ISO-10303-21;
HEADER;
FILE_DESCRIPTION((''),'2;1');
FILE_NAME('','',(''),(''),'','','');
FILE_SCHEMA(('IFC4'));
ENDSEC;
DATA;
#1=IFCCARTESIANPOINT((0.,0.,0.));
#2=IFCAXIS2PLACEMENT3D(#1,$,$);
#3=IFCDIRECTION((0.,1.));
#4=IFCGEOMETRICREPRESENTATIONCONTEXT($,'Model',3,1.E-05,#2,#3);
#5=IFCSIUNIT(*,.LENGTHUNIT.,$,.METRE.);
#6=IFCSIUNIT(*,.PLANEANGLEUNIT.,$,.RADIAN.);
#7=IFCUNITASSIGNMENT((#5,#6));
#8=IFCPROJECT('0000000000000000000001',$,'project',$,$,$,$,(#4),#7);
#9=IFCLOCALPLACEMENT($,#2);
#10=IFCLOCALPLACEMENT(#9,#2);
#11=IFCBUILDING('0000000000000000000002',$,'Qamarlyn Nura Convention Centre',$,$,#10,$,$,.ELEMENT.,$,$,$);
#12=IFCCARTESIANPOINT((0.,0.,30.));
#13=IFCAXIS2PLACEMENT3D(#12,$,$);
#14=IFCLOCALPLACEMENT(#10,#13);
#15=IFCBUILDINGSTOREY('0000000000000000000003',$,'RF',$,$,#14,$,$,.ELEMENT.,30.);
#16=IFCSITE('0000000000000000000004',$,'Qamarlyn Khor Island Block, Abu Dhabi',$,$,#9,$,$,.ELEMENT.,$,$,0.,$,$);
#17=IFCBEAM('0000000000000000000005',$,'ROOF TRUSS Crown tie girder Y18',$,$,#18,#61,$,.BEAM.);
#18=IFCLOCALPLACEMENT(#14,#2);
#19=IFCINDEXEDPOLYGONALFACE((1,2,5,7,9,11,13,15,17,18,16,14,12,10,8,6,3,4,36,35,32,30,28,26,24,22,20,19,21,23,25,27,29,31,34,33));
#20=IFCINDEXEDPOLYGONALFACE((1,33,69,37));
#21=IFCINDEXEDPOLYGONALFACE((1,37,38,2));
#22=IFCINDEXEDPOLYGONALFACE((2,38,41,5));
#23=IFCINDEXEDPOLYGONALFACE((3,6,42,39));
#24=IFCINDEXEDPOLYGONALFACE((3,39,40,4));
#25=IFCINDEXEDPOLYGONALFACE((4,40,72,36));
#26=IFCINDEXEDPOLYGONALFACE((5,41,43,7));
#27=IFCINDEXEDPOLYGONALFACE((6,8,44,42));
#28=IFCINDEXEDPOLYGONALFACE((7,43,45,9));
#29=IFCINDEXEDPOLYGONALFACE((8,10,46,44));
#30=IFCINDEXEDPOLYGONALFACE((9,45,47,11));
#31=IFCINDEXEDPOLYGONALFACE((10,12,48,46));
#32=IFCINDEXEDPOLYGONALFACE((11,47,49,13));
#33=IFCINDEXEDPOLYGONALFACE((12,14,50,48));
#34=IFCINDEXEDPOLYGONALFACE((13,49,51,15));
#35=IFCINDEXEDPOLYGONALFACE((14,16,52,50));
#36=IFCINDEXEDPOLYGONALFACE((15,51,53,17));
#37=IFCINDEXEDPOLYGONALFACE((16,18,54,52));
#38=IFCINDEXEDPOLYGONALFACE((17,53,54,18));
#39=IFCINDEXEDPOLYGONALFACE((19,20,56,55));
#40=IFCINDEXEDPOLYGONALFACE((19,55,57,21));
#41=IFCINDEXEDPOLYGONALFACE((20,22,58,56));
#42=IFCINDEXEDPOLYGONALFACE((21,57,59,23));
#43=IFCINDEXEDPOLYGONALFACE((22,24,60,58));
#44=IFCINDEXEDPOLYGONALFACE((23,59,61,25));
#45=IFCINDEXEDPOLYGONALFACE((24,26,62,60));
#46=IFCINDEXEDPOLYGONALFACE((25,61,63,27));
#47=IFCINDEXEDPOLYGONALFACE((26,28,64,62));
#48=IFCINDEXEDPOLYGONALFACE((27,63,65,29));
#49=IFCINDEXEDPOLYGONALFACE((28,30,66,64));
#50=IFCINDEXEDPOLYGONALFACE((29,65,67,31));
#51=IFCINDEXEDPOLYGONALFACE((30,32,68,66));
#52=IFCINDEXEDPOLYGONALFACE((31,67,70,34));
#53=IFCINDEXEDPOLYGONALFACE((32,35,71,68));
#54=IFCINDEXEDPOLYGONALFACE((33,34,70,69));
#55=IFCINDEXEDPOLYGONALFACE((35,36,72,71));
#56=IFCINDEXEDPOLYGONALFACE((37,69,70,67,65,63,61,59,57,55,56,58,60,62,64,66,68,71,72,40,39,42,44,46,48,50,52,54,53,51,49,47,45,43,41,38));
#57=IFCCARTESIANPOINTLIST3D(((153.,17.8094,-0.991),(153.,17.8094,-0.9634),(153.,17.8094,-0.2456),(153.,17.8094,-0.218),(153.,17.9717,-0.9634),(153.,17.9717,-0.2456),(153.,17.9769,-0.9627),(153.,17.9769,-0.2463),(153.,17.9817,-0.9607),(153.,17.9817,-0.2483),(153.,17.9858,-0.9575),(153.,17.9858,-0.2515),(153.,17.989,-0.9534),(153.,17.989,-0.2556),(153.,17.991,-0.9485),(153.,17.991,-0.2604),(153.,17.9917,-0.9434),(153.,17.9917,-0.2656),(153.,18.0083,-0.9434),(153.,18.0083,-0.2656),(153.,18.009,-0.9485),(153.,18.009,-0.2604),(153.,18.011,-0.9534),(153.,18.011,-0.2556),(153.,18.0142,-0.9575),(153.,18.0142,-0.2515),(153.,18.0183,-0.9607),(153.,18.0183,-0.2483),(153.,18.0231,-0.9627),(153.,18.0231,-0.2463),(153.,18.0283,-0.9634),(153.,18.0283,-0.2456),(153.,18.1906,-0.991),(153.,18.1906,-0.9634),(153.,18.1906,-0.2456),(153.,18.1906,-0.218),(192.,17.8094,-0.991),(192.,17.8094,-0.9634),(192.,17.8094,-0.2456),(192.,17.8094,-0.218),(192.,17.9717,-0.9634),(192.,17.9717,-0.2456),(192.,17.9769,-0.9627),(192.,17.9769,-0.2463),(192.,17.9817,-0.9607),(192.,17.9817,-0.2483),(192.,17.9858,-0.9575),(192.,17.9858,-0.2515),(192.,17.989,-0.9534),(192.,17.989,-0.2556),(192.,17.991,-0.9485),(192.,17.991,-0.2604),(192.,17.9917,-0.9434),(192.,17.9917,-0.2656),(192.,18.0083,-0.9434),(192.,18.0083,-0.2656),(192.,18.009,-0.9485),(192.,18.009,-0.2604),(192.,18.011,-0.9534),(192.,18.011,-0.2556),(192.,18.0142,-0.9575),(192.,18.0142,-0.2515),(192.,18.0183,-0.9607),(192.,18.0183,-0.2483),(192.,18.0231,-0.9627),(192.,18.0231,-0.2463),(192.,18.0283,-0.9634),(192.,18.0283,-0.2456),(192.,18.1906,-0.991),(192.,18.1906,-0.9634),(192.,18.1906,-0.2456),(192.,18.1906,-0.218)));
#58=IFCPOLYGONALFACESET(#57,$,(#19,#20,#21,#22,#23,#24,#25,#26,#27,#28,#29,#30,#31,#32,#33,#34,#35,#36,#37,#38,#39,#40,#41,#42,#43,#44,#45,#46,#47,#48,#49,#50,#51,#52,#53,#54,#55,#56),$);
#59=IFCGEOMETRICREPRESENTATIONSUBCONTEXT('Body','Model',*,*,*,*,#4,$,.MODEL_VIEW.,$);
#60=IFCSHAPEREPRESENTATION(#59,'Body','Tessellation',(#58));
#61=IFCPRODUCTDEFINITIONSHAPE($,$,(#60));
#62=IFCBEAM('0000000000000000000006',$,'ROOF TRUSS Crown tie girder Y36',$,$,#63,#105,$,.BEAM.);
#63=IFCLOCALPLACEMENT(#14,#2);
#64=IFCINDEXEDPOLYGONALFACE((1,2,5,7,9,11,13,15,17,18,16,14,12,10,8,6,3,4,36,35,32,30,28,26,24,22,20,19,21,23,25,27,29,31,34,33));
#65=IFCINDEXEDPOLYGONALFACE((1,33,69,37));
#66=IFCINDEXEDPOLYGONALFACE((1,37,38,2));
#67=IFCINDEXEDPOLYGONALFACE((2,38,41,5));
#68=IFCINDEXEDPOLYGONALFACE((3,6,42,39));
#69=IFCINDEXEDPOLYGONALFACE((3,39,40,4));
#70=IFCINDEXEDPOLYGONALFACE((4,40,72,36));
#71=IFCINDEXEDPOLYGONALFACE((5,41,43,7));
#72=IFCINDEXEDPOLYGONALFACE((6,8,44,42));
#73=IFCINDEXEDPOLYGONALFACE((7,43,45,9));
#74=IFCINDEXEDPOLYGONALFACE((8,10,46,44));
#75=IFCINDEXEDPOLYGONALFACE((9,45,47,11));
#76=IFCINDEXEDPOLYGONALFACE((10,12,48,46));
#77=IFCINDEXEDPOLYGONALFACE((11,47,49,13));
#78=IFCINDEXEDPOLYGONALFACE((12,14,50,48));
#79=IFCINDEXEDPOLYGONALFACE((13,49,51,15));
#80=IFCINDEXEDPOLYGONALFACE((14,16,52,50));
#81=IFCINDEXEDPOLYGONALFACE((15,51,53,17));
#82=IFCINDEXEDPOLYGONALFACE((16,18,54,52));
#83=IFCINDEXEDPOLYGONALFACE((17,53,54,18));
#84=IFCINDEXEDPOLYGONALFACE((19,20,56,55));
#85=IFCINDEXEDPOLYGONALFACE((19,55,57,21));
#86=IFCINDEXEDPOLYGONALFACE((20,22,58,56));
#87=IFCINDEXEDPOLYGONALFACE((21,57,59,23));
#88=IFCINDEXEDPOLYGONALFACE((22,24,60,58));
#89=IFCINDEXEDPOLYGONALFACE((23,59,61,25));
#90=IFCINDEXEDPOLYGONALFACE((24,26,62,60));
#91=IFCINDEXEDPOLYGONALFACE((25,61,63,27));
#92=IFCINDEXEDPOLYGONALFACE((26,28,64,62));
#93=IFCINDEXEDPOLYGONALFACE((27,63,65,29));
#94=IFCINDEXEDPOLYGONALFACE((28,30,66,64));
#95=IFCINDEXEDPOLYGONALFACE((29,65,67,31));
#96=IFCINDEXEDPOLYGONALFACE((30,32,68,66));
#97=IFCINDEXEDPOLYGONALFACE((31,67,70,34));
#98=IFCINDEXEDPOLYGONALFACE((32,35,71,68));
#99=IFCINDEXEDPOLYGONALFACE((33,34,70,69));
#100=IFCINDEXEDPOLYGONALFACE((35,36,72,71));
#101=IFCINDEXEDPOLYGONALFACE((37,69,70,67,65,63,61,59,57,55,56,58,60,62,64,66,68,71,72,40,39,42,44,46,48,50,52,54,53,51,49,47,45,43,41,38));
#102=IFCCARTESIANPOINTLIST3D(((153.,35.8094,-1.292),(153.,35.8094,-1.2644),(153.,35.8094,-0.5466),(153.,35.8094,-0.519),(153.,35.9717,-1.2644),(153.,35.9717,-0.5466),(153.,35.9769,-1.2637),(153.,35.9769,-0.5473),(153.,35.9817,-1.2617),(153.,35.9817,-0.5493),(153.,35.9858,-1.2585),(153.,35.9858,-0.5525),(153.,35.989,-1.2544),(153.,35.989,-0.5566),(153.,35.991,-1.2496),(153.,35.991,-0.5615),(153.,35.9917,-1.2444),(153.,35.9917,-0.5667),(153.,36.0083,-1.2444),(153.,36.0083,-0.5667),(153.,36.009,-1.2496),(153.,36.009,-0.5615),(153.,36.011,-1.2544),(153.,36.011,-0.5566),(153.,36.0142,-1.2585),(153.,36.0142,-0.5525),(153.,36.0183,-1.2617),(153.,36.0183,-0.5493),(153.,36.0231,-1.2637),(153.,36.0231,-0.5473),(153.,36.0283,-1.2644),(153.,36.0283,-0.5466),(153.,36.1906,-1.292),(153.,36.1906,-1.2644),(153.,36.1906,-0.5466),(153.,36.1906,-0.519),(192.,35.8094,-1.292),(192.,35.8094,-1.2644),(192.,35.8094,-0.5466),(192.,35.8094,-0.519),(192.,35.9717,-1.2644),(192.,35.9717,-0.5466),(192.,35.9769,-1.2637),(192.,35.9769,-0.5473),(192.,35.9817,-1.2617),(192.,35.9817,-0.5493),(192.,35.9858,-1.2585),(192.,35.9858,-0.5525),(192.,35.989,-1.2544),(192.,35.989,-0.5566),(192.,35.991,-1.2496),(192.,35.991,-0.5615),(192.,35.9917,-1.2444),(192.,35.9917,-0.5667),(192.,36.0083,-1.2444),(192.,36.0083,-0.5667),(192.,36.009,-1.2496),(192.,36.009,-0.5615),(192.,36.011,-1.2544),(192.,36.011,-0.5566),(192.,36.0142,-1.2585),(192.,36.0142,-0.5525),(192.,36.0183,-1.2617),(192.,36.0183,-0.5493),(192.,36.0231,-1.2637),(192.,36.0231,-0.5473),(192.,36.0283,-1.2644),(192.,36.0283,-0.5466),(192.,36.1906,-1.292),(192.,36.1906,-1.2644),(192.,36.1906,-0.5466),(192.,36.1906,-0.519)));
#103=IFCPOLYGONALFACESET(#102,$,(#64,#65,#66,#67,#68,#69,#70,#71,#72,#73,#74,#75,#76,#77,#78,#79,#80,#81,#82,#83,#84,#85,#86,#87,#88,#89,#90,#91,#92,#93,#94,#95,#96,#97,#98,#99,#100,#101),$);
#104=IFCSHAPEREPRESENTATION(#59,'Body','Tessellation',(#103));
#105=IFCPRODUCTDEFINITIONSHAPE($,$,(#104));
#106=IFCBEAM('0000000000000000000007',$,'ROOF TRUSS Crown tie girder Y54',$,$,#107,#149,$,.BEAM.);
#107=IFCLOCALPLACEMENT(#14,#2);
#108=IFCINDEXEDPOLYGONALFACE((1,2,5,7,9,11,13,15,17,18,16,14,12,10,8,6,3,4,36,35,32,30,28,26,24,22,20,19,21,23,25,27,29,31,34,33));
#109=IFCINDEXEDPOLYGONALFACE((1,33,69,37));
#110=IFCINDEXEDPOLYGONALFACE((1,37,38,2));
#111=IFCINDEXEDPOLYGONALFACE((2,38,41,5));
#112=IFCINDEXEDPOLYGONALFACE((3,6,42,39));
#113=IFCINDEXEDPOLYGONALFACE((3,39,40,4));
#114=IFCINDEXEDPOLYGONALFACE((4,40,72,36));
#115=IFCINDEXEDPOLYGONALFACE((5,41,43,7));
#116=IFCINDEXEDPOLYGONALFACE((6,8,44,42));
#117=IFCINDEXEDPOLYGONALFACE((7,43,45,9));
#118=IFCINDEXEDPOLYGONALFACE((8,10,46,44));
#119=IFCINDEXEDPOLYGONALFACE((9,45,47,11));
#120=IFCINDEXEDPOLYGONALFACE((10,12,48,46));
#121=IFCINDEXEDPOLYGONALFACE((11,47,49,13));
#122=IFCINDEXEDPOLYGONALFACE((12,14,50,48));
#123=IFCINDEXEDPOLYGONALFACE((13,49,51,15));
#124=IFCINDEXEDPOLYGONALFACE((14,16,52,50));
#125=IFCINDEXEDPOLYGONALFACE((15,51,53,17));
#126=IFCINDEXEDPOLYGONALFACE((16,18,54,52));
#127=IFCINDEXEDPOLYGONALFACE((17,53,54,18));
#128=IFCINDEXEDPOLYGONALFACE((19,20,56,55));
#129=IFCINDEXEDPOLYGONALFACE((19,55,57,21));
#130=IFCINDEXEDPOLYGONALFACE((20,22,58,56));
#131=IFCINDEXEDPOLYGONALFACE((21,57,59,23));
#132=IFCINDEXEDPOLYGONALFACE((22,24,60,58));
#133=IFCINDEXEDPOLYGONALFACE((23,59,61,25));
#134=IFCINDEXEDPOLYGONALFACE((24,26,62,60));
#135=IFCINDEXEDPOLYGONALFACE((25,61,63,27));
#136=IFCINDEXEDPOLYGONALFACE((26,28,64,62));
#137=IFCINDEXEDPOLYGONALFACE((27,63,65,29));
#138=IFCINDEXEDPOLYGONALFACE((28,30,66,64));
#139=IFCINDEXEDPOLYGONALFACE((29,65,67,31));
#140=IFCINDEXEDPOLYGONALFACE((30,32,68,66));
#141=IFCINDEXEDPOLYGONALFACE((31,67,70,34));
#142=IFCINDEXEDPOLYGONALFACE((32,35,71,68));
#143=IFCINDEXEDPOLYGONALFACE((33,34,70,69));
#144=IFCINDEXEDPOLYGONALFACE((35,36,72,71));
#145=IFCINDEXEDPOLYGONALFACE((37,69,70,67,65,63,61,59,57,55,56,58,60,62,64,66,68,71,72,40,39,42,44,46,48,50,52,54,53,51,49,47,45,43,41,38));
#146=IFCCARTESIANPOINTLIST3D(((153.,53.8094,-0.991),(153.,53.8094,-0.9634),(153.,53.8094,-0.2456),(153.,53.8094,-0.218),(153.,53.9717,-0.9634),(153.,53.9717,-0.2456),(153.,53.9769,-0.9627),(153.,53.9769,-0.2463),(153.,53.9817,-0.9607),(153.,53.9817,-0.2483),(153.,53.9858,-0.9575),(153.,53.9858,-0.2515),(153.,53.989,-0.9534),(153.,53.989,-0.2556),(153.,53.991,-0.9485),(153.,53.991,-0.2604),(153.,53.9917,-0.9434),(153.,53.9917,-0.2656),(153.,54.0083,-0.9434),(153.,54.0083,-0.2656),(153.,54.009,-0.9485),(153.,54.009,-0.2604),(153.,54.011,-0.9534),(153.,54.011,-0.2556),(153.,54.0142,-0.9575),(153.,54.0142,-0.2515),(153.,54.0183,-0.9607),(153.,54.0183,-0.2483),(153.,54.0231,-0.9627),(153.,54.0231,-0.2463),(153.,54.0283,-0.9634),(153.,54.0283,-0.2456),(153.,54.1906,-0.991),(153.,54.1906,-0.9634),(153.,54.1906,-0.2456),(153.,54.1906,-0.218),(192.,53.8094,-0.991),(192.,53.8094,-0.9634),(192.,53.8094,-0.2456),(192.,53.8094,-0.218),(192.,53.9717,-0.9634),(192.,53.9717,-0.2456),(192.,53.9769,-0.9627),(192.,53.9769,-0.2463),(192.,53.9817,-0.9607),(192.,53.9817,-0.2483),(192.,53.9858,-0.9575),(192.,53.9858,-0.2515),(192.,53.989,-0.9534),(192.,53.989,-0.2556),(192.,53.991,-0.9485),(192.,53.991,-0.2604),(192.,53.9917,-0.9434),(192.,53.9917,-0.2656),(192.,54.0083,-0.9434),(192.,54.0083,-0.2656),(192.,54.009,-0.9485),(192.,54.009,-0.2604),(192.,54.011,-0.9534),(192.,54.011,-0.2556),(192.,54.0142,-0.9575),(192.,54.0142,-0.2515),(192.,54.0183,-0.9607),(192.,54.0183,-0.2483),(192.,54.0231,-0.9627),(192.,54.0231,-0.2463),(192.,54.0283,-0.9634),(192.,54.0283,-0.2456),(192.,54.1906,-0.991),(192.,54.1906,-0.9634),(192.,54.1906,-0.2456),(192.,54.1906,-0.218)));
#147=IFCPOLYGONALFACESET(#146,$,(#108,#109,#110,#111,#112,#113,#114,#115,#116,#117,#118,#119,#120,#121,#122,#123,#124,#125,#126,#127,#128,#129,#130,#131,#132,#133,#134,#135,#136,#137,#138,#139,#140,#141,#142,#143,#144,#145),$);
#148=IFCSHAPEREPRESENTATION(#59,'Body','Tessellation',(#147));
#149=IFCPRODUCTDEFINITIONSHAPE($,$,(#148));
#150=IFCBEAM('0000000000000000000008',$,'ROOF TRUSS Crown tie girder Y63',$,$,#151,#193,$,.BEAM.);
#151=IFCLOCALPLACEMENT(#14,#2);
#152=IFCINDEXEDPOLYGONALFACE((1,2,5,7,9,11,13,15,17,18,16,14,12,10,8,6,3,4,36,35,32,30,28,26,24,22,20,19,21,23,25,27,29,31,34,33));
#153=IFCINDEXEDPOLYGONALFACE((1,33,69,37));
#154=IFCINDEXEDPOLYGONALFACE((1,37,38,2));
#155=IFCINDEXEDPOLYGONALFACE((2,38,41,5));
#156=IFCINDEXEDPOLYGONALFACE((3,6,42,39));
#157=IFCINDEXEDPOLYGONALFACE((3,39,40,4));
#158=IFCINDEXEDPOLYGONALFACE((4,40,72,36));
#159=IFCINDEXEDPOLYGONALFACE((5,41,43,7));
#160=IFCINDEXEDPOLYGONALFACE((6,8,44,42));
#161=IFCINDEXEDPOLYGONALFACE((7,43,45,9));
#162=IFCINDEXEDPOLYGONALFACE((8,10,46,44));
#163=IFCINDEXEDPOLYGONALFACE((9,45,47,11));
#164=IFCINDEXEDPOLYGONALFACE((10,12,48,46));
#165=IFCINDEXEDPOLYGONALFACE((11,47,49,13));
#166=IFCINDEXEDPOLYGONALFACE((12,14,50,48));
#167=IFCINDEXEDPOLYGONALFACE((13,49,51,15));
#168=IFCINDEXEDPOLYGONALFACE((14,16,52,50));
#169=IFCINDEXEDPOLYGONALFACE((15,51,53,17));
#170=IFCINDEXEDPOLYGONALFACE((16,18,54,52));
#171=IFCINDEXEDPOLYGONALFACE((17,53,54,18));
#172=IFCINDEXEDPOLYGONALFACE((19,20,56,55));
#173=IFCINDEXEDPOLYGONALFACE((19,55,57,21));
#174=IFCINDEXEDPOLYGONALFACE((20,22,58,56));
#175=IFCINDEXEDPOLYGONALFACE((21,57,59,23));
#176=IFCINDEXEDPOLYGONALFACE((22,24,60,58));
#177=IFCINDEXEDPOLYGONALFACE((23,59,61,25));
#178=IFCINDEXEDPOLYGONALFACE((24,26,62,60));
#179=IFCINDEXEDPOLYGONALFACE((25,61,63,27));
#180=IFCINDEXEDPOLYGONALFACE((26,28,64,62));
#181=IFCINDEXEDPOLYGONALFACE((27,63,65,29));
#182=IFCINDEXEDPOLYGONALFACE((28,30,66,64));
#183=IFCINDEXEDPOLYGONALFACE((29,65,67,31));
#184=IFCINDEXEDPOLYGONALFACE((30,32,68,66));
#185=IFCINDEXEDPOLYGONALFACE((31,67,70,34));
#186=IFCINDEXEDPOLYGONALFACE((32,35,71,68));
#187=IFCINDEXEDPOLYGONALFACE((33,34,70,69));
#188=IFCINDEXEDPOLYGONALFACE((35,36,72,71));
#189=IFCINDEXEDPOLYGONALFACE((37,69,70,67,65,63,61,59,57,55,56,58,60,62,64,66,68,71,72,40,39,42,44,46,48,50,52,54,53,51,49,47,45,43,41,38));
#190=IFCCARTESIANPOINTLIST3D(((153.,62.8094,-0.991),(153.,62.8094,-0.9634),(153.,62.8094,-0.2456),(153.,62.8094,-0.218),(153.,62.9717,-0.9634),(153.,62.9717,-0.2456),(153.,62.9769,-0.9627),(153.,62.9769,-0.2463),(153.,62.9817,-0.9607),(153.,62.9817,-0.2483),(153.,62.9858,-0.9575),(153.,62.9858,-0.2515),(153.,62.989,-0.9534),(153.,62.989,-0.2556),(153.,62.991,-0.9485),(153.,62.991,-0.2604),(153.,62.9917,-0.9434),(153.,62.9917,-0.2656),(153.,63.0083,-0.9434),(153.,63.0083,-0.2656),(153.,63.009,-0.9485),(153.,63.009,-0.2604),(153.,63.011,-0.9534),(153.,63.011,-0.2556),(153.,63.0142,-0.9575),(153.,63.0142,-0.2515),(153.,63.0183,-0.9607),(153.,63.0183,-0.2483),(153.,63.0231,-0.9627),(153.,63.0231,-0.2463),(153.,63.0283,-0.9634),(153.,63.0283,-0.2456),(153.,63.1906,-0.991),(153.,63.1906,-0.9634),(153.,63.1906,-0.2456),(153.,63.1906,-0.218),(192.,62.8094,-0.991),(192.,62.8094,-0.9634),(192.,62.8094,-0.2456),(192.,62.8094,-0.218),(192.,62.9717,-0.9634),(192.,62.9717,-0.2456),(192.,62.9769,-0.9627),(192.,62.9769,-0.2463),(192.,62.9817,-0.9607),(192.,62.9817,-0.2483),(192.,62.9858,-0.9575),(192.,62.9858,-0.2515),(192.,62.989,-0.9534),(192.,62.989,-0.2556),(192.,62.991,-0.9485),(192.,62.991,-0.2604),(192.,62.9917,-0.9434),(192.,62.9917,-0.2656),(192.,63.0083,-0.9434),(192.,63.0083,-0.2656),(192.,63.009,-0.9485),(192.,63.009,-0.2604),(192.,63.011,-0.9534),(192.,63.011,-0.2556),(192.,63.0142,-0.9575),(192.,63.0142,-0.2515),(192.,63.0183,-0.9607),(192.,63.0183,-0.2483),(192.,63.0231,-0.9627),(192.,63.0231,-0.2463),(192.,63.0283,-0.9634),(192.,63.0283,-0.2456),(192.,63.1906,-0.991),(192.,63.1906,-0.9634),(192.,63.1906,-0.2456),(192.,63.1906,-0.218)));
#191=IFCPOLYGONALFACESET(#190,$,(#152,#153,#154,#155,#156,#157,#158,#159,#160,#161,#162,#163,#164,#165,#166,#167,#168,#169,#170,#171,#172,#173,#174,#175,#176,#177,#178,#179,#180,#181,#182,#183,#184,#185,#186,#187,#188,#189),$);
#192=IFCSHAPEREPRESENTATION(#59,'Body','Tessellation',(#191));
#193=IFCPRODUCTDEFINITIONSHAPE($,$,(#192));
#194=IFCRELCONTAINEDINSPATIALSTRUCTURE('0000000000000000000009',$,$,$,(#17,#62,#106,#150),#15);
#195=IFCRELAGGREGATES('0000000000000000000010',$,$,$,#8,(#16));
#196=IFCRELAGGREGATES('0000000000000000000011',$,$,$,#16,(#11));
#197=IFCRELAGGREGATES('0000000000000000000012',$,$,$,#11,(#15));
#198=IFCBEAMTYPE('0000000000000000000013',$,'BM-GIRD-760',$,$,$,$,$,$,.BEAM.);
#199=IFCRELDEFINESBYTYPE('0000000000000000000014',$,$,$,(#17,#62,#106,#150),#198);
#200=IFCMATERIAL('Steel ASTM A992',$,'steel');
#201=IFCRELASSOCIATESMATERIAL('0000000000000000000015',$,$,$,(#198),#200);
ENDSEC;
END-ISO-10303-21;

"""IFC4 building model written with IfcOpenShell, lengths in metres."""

from ifc_helpers import new_model, si_unit, direction, frame, origin, origin_2d, place, context, subcontext, project, spatial, i_section, extrude, material, material_profile, profile_set, type_object, element, save


model = new_model("IFC4")

# Units and contexts
model_context = context("Model", 3, precision=1e-05, world=origin(), true_north=direction((0.0, 1.0)))
body_context = subcontext(model_context, "Body", "Model", "MODEL_VIEW")
ifc_project = project(units=[si_unit("LENGTHUNIT", "METRE"), si_unit("PLANEANGLEUNIT", "RADIAN")], contexts=[model_context])

# Site, building, storey
site_placement = place(None, origin())
site = spatial("IfcSite", under=ifc_project, at=site_placement, Name="Qamarlyn Khor Island Block, Abu Dhabi", CompositionType="ELEMENT", RefElevation=0.0)
building_placement = place(site_placement, origin())
building = spatial("IfcBuilding", under=site, at=building_placement, Name="Qamarlyn Nura Convention Centre", CompositionType="ELEMENT")
storey_placement = place(building_placement, frame((0.0, 0.0, 30.0)))
storey = spatial("IfcBuildingStorey", under=building, at=storey_placement, Name="RF", CompositionType="ELEMENT", Elevation=30.0)

# Beams
ifc_material_1 = material(Name="Steel ASTM A992", Category="steel")
ifc_material_profile_1 = material_profile(ifc_material_1, i_section(OverallWidth=0.3811, OverallDepth=0.7729, WebThickness=0.0166, FlangeThickness=0.0276, FilletRadius=0.02, at=origin_2d()), Name="W760X257")
ifc_profile_set_1 = profile_set([ifc_material_profile_1], Name="Steel ASTM A992")
beam_type_1 = type_object("IfcBeamType", Name="BM-GIRD-760", PredefinedType="BEAM", material=ifc_profile_set_1)
for number, where, z_axis, x_axis, name in (
    (1, (153.0, 18.0, -0.6045), (1.0, 0.0, 0.0), (0.0, 1.0, 0.0), "ROOF TRUSS Crown tie girder Y18"),
    (2, (153.0, 36.0, -0.9055), (1.0, 0.0, 0.0), (0.0, 1.0, 0.0), "ROOF TRUSS Crown tie girder Y36"),
    (3, (153.0, 54.0, -0.6045), (1.0, 0.0, 0.0), (0.0, 1.0, 0.0), "ROOF TRUSS Crown tie girder Y54"),
    (4, (153.0, 63.0, -0.6045), (1.0, 0.0, 0.0), (0.0, 1.0, 0.0), "ROOF TRUSS Crown tie girder Y63"),
):
    element("IfcBeam", number, at=place(storey_placement, frame(where, z_axis=z_axis, x_axis=x_axis)), inside=storey, type_object=beam_type_1, Name=name, PredefinedType="BEAM", context=body_context, shape_type="SweptSolid", body=[
        extrude(i_section(OverallWidth=0.3811, OverallDepth=0.7729, WebThickness=0.0166, FlangeThickness=0.0276, FilletRadius=0.02, at=origin_2d()), origin(), (0.0, 0.0, 1.0), 39.0),
    ])

save(model, "model.ifc")
